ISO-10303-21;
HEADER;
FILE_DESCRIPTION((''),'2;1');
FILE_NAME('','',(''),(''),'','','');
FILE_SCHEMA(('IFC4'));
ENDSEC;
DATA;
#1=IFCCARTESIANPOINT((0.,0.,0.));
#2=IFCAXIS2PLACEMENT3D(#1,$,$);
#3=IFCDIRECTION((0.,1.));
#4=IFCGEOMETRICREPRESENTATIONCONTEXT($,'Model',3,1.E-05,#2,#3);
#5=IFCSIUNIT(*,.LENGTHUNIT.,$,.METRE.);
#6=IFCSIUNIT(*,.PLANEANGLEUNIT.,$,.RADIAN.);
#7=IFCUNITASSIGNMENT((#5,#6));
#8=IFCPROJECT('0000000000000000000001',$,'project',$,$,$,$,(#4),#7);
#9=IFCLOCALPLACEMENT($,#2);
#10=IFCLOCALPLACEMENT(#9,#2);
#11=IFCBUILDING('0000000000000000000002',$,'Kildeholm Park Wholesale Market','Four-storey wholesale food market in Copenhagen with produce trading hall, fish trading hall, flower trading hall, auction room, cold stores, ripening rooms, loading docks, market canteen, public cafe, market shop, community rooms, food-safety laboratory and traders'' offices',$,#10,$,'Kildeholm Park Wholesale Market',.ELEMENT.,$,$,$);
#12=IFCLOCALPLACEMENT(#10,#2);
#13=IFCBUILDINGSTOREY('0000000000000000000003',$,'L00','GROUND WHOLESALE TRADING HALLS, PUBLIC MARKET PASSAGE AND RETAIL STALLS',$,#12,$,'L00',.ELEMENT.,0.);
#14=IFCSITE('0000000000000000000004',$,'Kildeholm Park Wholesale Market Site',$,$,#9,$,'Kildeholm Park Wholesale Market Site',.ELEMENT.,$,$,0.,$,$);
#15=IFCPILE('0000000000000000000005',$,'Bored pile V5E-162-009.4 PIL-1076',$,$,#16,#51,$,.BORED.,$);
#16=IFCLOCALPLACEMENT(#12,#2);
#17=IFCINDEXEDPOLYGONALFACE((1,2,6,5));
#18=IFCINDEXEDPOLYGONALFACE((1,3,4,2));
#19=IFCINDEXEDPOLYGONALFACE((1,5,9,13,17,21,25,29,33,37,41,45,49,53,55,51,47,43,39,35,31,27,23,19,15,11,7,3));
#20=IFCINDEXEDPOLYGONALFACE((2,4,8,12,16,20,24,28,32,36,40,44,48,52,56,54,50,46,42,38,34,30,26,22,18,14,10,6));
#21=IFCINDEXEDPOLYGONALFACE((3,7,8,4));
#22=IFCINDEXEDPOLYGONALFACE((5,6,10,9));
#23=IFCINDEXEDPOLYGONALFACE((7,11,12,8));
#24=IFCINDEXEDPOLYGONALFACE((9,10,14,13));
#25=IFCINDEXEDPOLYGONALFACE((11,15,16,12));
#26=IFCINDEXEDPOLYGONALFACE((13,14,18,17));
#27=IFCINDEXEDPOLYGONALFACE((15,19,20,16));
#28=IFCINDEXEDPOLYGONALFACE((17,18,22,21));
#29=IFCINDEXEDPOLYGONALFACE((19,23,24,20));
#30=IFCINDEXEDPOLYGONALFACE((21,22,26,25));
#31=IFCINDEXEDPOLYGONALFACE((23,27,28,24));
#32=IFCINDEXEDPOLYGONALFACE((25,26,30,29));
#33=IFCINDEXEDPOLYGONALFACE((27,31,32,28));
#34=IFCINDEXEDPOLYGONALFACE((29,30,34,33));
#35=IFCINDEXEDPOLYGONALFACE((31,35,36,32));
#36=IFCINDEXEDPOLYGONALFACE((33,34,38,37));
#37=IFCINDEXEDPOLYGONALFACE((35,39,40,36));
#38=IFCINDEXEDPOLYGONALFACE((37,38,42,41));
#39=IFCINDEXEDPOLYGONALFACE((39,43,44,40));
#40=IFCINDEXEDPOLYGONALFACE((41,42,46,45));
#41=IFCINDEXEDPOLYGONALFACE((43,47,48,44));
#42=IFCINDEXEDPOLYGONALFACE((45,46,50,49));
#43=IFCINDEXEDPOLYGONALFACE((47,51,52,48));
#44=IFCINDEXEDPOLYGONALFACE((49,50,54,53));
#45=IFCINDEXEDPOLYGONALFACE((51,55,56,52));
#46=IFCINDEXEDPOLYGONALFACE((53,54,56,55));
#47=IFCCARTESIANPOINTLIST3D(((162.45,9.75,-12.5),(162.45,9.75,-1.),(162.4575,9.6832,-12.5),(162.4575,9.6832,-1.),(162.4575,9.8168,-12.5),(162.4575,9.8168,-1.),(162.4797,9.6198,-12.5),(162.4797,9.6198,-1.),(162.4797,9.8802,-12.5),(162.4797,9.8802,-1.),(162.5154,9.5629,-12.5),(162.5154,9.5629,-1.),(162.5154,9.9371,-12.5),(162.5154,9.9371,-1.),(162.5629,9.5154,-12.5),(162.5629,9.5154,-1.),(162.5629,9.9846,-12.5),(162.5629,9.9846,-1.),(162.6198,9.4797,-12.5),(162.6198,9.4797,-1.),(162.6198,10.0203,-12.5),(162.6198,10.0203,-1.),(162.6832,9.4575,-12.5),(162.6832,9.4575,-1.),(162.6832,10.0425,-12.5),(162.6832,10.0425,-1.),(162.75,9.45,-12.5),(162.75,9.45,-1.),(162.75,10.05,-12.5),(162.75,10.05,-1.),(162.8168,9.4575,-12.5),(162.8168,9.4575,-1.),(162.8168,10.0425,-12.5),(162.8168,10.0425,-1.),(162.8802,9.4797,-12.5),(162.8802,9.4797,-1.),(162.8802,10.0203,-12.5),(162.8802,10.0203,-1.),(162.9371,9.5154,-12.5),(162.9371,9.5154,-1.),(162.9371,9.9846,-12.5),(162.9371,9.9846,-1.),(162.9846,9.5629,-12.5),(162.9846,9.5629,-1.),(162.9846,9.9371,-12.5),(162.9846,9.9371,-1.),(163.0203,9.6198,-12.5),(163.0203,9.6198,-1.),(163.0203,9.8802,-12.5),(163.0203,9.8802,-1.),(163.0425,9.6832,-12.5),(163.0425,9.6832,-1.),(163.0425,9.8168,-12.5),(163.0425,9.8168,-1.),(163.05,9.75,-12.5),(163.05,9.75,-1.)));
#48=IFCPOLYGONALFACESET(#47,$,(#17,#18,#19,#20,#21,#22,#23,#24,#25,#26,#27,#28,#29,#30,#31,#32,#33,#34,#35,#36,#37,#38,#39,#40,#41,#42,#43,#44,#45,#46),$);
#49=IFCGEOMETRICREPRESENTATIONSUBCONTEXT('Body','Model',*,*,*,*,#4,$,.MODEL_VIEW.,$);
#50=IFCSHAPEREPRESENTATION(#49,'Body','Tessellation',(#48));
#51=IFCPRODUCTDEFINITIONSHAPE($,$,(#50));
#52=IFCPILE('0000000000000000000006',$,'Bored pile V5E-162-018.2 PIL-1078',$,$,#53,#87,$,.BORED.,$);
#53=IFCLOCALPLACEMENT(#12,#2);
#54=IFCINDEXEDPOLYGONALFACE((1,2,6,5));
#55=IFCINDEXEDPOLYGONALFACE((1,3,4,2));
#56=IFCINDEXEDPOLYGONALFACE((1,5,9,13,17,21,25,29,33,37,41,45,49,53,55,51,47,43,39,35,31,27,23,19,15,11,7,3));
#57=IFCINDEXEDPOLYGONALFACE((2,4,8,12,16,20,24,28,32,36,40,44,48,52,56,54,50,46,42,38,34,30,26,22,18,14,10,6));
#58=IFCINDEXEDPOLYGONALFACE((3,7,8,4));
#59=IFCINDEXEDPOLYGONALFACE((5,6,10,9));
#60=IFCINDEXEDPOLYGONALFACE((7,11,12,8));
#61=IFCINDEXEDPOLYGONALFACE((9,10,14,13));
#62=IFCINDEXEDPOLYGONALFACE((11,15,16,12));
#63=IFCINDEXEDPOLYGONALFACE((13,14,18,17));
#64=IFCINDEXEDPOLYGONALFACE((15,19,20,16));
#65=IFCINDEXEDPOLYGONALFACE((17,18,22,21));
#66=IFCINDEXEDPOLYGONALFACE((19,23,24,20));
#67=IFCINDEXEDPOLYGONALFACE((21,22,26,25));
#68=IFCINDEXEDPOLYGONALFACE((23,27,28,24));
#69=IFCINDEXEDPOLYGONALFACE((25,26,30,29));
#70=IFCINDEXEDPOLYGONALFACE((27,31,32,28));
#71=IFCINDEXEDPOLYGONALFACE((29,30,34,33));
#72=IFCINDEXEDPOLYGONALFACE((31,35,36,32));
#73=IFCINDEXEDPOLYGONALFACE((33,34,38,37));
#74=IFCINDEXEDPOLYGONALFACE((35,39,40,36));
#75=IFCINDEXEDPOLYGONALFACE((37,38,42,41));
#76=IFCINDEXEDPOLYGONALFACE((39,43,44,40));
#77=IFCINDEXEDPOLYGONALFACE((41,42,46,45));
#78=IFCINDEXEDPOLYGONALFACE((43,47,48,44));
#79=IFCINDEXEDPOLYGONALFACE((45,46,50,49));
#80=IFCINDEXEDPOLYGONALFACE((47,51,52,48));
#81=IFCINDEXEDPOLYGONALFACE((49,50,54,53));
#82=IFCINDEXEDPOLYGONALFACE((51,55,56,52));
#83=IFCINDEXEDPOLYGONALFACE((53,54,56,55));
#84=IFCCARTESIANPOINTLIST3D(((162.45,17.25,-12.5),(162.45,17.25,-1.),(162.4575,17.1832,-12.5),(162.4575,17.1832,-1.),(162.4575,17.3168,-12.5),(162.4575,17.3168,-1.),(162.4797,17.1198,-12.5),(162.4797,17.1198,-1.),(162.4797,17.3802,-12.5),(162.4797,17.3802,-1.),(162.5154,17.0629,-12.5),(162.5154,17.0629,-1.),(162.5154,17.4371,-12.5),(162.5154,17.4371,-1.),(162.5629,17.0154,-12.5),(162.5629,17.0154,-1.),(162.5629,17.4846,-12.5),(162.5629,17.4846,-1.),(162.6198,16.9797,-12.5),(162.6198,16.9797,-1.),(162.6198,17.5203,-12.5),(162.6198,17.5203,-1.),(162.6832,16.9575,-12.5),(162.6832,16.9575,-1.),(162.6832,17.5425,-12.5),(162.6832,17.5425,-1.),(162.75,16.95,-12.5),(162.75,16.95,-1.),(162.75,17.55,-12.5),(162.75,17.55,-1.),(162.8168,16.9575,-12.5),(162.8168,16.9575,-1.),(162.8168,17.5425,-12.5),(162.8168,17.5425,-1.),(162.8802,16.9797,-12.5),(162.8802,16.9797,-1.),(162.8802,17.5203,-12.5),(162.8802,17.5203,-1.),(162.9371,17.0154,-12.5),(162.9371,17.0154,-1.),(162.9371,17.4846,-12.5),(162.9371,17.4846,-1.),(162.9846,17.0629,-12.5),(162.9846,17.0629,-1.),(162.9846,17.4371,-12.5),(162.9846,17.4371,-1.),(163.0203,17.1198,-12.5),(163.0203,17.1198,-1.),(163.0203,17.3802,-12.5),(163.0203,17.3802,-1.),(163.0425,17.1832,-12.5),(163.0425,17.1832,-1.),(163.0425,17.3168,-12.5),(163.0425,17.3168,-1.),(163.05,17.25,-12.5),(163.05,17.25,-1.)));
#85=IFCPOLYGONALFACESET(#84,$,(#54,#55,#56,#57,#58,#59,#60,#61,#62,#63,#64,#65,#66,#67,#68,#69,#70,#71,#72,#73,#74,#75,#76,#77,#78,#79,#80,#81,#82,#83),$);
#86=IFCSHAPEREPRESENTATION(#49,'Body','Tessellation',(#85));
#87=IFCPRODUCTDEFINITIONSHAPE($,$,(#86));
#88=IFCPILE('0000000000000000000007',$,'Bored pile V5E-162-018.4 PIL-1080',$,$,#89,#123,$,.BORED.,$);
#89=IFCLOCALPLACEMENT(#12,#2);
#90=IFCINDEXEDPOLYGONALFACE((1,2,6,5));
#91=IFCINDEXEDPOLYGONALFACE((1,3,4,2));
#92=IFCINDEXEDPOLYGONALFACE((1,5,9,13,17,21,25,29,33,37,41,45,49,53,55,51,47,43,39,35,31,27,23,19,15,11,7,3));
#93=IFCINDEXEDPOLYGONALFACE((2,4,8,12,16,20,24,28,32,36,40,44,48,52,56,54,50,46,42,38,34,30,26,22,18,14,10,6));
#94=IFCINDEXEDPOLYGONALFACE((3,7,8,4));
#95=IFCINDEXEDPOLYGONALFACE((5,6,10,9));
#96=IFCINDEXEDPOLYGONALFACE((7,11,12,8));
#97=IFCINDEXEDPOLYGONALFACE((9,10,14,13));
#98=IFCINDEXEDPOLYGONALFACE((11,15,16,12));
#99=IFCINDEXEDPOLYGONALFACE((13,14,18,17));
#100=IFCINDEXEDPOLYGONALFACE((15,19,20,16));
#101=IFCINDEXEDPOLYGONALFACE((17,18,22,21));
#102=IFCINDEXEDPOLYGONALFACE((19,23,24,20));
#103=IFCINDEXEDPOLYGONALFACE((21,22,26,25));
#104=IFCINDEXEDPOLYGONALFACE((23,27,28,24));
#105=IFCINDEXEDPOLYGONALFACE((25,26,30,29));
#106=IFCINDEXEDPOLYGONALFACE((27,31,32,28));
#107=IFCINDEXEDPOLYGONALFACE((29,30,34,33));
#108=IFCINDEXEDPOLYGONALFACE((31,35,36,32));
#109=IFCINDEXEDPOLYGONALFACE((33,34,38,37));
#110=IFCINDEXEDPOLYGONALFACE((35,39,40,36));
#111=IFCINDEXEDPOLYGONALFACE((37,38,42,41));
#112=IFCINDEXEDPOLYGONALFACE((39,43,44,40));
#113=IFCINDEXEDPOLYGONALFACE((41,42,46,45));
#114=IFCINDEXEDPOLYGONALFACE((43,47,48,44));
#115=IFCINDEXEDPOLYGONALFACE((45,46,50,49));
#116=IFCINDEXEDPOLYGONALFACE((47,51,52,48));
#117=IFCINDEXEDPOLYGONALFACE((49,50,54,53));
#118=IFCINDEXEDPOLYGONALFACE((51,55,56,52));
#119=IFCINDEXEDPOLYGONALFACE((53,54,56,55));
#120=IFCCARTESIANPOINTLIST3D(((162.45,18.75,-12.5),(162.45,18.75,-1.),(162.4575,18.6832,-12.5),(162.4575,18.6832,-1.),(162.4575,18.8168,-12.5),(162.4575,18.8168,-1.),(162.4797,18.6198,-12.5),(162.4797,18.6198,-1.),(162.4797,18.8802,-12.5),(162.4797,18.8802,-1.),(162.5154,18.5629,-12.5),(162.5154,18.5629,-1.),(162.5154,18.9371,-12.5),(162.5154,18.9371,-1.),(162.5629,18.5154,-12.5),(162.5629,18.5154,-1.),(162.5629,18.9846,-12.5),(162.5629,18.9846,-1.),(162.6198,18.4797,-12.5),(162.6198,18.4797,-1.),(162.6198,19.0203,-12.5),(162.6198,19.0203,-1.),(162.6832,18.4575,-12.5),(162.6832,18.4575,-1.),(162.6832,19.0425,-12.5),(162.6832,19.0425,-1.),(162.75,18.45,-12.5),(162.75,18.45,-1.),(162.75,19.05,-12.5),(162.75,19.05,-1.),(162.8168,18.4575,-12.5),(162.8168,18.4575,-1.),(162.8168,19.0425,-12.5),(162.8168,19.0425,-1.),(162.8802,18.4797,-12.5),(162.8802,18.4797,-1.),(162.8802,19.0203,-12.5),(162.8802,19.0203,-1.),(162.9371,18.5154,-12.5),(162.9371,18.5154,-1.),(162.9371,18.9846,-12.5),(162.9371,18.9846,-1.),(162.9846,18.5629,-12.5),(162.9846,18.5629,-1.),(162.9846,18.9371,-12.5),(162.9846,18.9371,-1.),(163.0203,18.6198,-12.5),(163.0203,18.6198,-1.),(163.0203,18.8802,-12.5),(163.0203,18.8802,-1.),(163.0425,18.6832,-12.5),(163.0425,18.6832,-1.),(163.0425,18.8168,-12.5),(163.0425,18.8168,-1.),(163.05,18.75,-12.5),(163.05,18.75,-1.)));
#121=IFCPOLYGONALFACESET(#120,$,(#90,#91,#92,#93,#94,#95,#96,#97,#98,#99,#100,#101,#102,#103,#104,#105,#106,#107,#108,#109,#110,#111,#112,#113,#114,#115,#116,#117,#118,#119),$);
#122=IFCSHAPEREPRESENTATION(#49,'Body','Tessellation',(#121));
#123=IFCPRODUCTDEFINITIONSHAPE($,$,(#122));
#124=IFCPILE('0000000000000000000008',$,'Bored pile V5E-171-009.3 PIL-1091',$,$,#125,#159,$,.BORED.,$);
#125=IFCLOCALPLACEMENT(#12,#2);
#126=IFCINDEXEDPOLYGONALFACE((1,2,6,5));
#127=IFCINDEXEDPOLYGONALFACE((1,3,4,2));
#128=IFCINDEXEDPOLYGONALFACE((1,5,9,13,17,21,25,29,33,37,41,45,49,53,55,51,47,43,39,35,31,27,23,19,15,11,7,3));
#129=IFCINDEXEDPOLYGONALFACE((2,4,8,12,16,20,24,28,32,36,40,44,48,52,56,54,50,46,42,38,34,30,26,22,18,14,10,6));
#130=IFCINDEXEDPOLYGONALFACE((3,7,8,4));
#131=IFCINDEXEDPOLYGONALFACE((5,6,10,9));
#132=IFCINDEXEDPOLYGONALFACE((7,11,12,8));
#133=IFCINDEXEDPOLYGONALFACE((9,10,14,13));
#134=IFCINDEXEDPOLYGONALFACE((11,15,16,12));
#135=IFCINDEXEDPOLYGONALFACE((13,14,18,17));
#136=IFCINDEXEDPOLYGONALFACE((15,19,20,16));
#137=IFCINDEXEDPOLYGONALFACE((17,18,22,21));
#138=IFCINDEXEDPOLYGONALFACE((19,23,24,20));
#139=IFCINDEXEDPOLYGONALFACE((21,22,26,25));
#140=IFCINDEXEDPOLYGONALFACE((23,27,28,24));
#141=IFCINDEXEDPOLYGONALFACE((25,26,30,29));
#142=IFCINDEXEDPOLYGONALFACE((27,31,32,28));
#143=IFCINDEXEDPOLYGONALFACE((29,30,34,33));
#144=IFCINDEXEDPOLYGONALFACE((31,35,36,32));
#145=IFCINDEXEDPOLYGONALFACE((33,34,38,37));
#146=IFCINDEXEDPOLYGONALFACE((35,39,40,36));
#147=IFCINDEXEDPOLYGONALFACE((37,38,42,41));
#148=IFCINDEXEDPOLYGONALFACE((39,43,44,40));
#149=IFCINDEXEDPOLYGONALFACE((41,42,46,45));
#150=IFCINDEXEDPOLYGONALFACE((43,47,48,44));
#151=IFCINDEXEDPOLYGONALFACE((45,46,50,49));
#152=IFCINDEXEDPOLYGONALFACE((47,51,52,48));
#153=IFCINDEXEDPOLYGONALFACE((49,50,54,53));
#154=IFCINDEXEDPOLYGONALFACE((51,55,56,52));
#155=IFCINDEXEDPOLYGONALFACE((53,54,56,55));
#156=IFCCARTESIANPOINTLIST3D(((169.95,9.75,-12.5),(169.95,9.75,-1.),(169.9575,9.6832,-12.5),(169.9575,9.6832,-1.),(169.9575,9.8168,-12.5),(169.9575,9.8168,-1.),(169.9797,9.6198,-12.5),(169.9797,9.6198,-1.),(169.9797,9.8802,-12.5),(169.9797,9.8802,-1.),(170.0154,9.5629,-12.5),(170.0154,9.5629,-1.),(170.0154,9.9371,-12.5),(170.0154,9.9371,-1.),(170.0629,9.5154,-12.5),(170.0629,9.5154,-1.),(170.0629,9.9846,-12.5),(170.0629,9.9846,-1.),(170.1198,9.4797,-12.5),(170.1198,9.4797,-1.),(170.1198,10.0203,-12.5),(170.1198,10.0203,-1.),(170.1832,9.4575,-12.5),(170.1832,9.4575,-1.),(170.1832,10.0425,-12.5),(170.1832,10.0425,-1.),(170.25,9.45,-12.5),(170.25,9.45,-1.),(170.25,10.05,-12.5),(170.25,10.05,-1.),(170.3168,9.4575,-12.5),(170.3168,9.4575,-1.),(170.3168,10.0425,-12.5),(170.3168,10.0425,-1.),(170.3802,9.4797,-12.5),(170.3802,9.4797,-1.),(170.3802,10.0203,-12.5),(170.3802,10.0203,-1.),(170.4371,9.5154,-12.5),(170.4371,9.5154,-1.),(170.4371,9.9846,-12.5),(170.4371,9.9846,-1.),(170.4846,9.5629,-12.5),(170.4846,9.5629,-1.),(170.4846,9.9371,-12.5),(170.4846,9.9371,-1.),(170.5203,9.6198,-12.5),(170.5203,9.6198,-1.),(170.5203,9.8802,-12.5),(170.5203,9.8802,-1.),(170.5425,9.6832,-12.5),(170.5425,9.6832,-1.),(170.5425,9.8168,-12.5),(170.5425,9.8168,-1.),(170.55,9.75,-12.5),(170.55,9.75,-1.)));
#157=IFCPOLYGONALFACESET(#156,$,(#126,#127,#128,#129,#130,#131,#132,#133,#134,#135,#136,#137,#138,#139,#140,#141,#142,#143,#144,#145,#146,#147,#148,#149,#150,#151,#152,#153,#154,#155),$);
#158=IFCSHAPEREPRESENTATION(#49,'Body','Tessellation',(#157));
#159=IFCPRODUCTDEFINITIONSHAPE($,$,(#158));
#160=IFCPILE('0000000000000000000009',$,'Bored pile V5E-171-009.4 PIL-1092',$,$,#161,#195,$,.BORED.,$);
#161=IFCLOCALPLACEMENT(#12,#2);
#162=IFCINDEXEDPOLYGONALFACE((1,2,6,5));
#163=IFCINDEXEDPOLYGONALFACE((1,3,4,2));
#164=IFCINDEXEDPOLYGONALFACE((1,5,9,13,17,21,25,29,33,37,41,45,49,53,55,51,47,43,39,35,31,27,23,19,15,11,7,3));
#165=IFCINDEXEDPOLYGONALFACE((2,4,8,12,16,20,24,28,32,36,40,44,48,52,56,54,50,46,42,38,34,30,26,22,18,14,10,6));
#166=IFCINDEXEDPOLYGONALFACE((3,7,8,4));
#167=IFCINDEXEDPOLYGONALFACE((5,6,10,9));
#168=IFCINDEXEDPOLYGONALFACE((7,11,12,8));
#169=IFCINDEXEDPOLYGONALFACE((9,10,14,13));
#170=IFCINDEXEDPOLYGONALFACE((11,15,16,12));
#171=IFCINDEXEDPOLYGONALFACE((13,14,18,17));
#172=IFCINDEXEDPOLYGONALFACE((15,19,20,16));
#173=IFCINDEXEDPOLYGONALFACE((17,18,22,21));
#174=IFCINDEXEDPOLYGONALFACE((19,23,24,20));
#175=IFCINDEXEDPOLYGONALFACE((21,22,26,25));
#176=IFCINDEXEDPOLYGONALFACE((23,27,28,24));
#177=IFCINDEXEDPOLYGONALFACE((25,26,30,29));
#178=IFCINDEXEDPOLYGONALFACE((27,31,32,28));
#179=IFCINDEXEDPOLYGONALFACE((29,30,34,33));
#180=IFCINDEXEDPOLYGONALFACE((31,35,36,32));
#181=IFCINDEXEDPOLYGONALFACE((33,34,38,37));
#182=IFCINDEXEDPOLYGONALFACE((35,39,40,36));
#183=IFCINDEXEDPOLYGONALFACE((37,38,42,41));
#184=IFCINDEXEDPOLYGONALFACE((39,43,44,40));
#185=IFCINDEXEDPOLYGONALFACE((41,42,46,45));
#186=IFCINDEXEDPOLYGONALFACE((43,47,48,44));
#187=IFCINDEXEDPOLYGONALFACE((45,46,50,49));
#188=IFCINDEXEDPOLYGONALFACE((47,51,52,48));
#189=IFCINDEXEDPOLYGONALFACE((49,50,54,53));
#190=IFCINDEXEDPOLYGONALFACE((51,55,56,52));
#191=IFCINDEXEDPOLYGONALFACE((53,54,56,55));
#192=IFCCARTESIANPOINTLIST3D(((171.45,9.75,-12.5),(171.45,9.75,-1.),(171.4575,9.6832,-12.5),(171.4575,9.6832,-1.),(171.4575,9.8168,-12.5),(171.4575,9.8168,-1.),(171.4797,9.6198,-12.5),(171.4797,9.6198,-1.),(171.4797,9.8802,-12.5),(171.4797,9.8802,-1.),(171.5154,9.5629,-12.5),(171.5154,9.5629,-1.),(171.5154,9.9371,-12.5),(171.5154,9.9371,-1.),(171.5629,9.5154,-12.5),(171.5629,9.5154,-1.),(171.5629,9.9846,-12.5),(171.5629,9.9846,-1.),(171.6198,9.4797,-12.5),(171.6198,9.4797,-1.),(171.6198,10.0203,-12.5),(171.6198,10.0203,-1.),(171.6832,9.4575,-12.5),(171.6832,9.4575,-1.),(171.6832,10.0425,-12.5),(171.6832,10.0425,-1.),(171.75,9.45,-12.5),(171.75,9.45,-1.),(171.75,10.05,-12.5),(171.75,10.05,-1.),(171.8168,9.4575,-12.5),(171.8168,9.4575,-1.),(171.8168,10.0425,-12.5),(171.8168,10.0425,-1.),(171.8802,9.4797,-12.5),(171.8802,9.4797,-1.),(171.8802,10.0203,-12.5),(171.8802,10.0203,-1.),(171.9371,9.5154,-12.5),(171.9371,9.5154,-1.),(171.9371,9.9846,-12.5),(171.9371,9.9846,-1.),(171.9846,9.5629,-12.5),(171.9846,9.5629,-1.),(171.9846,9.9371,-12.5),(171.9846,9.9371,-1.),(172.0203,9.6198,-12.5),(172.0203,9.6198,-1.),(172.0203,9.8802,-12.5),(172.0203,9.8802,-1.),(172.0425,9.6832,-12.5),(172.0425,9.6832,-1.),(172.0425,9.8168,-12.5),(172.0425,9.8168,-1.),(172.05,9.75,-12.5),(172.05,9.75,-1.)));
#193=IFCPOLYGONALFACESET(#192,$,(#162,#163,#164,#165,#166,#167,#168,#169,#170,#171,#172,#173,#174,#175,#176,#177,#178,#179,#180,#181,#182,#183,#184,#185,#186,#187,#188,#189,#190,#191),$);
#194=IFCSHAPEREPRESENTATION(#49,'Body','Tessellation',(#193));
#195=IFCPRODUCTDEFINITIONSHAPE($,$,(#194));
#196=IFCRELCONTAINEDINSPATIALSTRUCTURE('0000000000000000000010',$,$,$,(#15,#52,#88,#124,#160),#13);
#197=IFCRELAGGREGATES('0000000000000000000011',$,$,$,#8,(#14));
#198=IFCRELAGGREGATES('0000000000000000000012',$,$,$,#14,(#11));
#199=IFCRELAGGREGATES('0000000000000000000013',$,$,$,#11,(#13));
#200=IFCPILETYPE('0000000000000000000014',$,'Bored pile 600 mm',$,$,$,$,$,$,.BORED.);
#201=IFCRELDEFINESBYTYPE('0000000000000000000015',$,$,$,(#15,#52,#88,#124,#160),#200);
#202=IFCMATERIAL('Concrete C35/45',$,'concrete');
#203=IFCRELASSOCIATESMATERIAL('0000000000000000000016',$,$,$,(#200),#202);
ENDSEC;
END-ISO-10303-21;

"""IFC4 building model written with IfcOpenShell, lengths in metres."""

from ifc_helpers import new_model, si_unit, direction, frame, origin, origin_2d, place, context, subcontext, project, spatial, circle, extrude, material, material_profile, profile_set, type_object, element, save


model = new_model("IFC4")

# Units and contexts
model_context = context("Model", 3, precision=1e-05, world=origin(), true_north=direction((0.0, 1.0)))
body_context = subcontext(model_context, "Body", "Model", "MODEL_VIEW")
ifc_project = project(units=[si_unit("LENGTHUNIT", "METRE"), si_unit("PLANEANGLEUNIT", "RADIAN")], contexts=[model_context])

# Site, building, storey
site_placement = place(None, origin())
site = spatial("IfcSite", under=ifc_project, at=site_placement, Name="Kildeholm Park Wholesale Market Site", LongName="Kildeholm Park Wholesale Market Site", CompositionType="ELEMENT", RefElevation=0.0)
building_placement = place(site_placement, origin())
building = spatial("IfcBuilding", under=site, at=building_placement, Name="Kildeholm Park Wholesale Market", Description="Four-storey wholesale food market in Copenhagen with produce trading hall, fish trading hall, flower trading hall, auction room, cold stores, ripening rooms, loading docks, market canteen, public cafe, market shop, community rooms, food-safety laboratory and traders' offices", LongName="Kildeholm Park Wholesale Market", CompositionType="ELEMENT")
storey_placement = place(building_placement, origin())
storey = spatial("IfcBuildingStorey", under=building, at=storey_placement, Name="L00", Description="GROUND WHOLESALE TRADING HALLS, PUBLIC MARKET PASSAGE AND RETAIL STALLS", LongName="L00", CompositionType="ELEMENT", Elevation=0.0)

# Piles
ifc_material_1 = material(Name="Concrete C35/45", Category="concrete")
ifc_material_profile_1 = material_profile(ifc_material_1, circle(Radius=0.3, at=origin_2d()), Name="PILE D600")
ifc_profile_set_1 = profile_set([ifc_material_profile_1], Name="Concrete C35/45")
pile_type = type_object("IfcPileType", Name="Bored pile 600 mm", PredefinedType="BORED", material=ifc_profile_set_1)
for number, where, z_axis, x_axis, name in (
    (1, (162.75, 9.75, -1.0), (0.0, 0.0, -1.0), (1.0, 0.0, 0.0), "Bored pile V5E-162-009.4 PIL-1076"),
    (2, (162.75, 17.25, -1.0), (0.0, 0.0, -1.0), (1.0, 0.0, 0.0), "Bored pile V5E-162-018.2 PIL-1078"),
    (3, (162.75, 18.75, -1.0), (0.0, 0.0, -1.0), (1.0, 0.0, 0.0), "Bored pile V5E-162-018.4 PIL-1080"),
    (4, (170.25, 9.75, -1.0), (0.0, 0.0, -1.0), (1.0, 0.0, 0.0), "Bored pile V5E-171-009.3 PIL-1091"),
    (5, (171.75, 9.75, -1.0), (0.0, 0.0, -1.0), (1.0, 0.0, 0.0), "Bored pile V5E-171-009.4 PIL-1092"),
):
    element("IfcPile", number, at=place(storey_placement, frame(where, z_axis=z_axis, x_axis=x_axis)), inside=storey, type_object=pile_type, Name=name, PredefinedType="BORED", context=body_context, shape_type="SweptSolid", body=[
        extrude(circle(Radius=0.3, at=origin_2d()), origin(), (0.0, 0.0, 1.0), 11.5),
    ])

save(model, "model.ifc")
